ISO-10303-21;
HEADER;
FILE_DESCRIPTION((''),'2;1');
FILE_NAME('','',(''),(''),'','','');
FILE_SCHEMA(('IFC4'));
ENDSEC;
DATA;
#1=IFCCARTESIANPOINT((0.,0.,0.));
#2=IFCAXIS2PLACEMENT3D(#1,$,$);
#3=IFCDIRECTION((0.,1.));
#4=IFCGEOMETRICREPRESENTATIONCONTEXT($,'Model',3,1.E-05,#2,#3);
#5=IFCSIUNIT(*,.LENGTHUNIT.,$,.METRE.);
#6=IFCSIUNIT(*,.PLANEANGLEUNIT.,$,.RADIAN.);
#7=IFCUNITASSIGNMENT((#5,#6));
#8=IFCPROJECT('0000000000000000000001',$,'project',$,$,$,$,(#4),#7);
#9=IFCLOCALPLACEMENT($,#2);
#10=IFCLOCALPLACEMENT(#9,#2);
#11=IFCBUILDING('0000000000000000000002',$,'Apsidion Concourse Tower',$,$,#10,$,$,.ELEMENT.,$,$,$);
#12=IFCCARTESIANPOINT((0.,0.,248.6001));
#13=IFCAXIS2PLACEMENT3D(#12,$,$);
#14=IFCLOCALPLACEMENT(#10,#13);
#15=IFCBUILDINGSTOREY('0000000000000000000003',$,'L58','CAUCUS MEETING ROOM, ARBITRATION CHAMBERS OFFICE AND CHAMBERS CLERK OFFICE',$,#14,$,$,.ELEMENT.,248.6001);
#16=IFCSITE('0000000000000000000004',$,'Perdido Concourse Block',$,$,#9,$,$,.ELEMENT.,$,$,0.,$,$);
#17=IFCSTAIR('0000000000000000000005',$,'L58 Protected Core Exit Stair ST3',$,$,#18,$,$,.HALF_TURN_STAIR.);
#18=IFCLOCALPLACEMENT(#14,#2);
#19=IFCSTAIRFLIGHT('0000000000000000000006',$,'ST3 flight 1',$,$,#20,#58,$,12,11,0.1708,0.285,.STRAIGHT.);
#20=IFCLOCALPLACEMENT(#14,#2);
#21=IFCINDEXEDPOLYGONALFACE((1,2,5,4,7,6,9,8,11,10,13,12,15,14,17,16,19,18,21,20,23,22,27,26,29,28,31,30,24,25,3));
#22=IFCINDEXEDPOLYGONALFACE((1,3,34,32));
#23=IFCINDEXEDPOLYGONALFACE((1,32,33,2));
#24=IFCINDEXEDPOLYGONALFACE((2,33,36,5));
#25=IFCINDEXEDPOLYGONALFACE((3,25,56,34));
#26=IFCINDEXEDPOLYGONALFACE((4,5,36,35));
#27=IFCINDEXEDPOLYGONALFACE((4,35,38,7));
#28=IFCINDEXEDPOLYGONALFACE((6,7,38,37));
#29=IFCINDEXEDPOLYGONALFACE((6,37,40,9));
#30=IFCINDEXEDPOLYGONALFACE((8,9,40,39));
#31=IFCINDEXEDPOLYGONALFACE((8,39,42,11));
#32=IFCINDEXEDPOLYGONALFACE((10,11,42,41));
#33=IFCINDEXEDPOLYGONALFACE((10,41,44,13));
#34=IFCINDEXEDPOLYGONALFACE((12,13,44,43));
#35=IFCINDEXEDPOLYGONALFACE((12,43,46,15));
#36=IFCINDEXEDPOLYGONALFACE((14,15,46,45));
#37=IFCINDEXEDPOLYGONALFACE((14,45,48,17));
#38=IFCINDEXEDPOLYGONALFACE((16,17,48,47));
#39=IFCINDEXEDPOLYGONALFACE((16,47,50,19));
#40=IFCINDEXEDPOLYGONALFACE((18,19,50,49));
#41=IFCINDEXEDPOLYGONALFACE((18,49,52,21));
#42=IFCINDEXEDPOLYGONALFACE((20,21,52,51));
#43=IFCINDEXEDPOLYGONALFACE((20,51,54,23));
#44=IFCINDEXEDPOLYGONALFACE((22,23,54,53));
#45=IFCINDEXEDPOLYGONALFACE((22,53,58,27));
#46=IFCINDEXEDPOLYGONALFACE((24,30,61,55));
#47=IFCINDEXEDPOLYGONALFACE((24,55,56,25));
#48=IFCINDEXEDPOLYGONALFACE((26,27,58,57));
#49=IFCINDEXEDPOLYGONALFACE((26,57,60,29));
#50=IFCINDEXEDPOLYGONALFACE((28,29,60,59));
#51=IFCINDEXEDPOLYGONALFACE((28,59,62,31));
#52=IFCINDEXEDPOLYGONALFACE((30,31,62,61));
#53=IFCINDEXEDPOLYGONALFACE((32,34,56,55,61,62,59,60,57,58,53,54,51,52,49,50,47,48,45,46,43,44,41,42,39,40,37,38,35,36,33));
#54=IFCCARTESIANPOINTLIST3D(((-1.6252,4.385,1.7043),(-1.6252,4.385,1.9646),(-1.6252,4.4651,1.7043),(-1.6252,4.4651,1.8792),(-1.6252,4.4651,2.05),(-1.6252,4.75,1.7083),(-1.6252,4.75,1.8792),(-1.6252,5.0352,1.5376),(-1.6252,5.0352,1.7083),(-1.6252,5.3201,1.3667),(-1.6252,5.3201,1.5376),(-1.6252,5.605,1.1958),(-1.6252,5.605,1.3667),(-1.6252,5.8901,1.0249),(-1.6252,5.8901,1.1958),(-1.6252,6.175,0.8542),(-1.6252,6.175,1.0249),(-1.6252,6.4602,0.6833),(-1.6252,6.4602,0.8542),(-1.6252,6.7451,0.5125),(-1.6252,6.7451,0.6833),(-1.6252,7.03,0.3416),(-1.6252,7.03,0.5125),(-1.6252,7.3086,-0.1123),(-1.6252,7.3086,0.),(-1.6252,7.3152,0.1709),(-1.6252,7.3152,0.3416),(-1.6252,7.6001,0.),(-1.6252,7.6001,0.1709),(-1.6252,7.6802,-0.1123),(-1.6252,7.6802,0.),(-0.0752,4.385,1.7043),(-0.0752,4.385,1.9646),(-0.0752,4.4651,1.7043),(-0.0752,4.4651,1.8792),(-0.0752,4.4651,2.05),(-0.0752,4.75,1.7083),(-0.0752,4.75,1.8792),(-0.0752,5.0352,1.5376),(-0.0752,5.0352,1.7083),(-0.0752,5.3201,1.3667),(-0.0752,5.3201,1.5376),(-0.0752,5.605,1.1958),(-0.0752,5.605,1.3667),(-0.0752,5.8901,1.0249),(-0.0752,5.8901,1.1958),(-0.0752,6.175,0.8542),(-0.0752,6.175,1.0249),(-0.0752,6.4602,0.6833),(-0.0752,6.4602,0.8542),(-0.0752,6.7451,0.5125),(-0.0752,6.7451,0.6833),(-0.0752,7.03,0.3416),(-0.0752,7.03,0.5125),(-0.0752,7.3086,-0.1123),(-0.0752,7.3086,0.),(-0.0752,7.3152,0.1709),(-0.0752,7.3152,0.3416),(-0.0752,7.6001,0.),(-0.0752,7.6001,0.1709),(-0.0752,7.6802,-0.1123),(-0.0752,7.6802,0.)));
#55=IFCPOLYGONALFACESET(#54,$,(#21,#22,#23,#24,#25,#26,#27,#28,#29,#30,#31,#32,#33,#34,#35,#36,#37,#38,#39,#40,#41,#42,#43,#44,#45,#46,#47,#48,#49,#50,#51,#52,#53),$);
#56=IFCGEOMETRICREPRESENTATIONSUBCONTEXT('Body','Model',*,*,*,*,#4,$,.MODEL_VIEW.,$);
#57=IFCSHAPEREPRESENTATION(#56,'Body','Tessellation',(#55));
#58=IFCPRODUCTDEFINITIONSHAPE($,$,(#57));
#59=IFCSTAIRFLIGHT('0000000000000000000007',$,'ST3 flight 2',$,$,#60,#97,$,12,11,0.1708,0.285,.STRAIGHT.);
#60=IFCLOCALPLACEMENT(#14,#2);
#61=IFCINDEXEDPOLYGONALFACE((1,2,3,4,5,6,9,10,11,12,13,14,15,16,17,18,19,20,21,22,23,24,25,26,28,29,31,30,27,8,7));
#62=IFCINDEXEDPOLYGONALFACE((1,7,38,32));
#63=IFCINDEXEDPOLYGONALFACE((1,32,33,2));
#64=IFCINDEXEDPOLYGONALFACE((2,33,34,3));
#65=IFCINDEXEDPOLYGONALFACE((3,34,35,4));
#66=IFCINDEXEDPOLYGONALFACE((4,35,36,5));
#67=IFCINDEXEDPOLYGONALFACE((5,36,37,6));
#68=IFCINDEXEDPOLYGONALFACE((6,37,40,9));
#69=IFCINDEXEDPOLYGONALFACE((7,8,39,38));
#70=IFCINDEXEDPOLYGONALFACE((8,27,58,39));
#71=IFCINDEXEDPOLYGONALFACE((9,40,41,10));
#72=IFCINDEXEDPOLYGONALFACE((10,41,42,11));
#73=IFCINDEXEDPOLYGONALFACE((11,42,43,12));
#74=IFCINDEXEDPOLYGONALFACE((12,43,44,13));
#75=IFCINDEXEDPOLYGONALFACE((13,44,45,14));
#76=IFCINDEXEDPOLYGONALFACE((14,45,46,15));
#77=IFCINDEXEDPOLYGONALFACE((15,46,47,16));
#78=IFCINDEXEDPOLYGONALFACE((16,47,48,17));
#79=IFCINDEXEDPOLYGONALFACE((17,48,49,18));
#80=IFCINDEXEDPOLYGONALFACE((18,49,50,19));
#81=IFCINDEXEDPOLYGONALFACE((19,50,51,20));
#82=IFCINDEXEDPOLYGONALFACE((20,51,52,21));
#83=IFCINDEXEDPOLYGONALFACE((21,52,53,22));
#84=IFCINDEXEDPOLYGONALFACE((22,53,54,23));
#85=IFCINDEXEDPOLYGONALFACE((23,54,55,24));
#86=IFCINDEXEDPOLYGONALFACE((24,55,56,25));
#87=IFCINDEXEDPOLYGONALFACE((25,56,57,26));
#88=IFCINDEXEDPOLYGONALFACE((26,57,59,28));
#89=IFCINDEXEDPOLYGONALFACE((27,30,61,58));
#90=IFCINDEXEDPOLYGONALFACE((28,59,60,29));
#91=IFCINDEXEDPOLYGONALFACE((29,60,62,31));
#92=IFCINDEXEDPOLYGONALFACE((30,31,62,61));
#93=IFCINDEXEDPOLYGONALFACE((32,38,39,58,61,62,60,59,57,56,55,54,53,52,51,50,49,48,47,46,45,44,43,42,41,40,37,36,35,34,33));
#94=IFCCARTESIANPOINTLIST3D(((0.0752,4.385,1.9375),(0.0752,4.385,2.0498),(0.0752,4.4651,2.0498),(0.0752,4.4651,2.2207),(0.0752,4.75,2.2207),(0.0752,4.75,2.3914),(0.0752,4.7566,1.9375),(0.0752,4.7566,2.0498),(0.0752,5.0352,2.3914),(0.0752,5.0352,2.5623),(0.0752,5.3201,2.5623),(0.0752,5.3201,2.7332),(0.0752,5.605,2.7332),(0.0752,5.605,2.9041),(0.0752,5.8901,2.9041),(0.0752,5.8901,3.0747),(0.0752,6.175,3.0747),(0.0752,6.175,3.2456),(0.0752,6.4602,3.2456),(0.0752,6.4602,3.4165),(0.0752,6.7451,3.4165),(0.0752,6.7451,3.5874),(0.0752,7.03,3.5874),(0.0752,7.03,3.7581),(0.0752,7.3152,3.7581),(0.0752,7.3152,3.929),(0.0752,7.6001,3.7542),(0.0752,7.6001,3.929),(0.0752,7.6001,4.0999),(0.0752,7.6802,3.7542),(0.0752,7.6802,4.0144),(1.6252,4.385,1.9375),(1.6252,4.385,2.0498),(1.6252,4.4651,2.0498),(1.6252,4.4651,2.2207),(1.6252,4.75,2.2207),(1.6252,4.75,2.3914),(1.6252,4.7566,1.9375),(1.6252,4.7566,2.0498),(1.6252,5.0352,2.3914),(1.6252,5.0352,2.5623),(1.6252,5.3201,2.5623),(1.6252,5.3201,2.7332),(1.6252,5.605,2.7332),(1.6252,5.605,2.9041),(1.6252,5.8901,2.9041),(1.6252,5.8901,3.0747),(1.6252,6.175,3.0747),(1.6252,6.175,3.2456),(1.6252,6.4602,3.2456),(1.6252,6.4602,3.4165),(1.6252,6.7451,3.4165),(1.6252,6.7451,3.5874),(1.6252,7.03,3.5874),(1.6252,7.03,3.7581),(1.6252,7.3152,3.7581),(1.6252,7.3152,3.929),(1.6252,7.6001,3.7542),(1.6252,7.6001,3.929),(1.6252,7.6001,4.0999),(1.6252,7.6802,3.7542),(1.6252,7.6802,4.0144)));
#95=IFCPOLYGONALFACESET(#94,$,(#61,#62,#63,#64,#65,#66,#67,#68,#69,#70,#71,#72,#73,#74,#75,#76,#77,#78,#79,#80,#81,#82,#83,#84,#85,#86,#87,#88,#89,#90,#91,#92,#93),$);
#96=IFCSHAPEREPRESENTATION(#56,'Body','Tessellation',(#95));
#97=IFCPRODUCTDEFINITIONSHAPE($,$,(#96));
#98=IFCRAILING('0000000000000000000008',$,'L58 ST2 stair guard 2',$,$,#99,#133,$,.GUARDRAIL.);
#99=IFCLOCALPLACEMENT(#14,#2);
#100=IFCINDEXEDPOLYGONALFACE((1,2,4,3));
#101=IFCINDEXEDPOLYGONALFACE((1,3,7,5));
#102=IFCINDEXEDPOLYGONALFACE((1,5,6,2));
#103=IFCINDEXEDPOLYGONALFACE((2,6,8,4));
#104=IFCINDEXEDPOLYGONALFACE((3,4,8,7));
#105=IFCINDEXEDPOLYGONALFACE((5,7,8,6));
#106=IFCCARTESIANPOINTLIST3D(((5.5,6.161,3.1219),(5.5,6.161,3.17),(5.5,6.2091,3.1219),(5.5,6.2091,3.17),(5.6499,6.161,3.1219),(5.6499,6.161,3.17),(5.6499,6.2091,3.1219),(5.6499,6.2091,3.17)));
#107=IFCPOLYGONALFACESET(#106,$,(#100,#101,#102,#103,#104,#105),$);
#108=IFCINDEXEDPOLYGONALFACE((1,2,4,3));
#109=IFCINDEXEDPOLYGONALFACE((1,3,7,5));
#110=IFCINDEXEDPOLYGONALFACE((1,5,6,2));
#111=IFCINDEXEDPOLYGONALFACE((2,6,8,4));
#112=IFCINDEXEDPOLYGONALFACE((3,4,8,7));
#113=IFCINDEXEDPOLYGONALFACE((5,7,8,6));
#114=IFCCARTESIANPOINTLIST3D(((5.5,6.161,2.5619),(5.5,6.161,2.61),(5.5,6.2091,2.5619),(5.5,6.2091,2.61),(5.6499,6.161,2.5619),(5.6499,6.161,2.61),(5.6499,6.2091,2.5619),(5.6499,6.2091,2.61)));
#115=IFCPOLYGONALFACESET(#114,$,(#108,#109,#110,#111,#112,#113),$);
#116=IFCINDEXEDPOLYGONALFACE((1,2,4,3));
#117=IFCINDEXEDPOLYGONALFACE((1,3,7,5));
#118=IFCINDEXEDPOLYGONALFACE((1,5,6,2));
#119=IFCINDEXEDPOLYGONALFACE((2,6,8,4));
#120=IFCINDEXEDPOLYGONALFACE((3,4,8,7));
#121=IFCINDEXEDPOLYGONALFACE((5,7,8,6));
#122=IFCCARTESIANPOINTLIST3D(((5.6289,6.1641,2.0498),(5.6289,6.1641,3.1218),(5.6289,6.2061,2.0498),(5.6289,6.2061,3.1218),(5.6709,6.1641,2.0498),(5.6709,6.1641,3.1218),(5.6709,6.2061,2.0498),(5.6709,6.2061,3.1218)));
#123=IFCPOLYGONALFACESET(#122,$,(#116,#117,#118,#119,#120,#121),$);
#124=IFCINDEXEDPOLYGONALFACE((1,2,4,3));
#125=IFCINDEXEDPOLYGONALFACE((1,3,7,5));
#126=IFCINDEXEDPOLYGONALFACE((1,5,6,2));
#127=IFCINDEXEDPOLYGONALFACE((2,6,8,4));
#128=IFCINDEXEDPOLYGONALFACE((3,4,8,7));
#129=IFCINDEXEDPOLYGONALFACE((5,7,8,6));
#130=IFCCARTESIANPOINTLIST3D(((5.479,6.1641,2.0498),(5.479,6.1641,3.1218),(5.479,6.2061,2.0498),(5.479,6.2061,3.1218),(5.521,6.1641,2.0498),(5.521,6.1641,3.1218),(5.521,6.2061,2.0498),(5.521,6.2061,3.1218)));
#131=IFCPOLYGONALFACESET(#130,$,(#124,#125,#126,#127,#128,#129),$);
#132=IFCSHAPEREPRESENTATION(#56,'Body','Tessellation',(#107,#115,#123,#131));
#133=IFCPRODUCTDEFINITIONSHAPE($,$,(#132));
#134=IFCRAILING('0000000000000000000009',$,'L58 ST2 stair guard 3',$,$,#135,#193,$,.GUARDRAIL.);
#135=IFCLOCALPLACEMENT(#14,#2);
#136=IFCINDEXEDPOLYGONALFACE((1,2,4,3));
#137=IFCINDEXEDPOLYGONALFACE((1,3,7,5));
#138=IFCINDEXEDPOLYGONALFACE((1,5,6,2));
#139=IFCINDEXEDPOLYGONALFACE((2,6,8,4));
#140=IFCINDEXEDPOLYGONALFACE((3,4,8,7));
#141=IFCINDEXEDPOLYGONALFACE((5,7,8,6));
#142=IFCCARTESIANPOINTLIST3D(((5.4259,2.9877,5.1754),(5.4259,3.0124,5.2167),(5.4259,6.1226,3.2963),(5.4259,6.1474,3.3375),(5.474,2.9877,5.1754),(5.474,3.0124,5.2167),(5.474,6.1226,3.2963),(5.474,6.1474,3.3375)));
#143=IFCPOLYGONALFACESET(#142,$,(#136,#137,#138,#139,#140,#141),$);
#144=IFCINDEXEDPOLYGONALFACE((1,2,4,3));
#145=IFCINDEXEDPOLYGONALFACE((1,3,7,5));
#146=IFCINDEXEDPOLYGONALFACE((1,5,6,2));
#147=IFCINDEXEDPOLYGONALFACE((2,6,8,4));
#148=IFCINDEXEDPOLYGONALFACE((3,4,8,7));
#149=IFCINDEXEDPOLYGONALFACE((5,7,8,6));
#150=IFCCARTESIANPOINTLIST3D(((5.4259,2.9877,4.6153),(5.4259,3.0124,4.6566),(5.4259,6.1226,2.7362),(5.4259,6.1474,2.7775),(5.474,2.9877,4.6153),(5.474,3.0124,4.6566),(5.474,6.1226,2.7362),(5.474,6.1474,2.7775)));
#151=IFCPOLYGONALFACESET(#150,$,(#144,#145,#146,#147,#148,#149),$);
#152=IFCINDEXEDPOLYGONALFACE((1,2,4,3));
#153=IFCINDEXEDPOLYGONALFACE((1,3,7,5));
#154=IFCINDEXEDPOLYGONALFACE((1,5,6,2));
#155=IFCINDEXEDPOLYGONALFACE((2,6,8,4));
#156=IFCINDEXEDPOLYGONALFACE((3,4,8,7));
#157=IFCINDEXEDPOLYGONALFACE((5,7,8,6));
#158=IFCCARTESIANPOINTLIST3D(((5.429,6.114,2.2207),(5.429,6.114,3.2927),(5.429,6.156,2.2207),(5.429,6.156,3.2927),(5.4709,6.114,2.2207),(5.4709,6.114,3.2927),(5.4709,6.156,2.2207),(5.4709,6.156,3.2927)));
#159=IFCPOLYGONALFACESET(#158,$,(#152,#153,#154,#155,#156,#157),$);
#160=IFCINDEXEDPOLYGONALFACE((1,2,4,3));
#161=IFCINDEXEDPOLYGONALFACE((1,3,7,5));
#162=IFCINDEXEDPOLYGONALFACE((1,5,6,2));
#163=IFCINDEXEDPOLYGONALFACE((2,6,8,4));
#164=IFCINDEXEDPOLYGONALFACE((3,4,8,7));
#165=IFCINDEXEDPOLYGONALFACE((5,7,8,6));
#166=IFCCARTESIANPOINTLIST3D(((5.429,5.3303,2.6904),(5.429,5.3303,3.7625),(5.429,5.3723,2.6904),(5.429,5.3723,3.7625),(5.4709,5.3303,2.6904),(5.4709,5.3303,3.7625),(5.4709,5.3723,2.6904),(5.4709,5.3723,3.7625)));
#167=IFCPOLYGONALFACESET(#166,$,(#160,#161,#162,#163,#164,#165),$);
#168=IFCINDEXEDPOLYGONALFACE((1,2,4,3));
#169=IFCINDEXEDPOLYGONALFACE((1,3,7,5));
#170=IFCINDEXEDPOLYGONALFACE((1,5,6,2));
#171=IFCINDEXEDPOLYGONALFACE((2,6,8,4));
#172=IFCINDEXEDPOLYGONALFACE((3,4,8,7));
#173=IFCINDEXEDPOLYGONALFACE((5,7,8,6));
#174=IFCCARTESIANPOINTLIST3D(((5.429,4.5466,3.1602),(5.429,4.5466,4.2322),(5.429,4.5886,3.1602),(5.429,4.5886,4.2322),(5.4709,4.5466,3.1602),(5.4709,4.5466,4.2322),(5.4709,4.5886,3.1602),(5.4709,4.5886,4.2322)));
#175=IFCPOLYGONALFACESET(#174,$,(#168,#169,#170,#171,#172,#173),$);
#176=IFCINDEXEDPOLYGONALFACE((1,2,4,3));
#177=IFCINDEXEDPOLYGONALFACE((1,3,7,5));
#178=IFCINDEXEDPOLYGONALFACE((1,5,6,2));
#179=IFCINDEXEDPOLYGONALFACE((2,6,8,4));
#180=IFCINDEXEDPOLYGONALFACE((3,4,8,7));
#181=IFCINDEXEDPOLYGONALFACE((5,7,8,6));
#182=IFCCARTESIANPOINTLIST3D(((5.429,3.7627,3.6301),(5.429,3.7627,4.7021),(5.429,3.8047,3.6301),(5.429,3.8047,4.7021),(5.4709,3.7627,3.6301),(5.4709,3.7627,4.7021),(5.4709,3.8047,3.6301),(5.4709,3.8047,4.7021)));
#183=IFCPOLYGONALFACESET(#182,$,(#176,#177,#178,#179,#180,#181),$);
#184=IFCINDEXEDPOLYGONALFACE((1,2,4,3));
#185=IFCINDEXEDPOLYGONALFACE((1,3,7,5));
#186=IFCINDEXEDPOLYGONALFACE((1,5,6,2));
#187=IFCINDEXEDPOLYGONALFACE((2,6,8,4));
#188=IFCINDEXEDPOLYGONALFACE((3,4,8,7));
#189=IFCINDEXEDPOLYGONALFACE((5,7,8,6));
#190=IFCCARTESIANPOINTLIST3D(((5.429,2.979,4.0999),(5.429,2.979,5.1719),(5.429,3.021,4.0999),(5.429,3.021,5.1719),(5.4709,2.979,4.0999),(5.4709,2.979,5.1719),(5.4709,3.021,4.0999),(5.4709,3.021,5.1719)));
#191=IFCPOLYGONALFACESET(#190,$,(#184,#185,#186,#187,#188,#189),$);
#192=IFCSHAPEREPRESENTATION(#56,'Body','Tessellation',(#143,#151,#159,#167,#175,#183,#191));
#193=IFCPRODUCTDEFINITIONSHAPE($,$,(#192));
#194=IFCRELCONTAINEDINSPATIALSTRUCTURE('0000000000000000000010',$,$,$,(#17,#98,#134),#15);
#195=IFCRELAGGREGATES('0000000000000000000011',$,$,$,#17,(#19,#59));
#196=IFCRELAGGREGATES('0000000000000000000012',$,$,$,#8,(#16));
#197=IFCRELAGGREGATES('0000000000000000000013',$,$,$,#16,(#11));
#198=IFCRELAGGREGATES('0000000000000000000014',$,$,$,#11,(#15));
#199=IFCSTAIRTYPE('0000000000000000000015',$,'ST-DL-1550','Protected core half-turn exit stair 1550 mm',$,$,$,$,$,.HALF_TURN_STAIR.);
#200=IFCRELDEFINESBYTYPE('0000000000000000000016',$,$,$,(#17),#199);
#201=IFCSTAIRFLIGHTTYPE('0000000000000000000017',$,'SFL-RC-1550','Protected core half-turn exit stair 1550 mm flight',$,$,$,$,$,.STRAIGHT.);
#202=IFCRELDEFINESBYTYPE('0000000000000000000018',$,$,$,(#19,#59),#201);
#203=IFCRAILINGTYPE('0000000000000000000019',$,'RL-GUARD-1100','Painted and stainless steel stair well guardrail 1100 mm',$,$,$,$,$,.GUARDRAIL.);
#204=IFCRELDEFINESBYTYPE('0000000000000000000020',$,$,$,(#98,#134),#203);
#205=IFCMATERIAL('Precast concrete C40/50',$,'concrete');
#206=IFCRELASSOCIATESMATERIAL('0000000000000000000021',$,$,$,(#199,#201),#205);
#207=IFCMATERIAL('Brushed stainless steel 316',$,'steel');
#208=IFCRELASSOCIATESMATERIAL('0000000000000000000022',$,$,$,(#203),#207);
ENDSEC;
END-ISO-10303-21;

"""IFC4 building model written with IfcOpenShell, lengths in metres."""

from ifc_helpers import new_model, si_unit, direction, frame, origin, origin_2d, place, context, subcontext, project, spatial, polyline, rectangle, outline, extrude, material, type_object, element, aggregate, save


model = new_model("IFC4")

# Units and contexts
model_context = context("Model", 3, precision=1e-05, world=origin(), true_north=direction((0.0, 1.0)))
body_context = subcontext(model_context, "Body", "Model", "MODEL_VIEW")
ifc_project = project(units=[si_unit("LENGTHUNIT", "METRE"), si_unit("PLANEANGLEUNIT", "RADIAN")], contexts=[model_context])

# Site, building, storey
site_placement = place(None, origin())
site = spatial("IfcSite", under=ifc_project, at=site_placement, Name="Perdido Concourse Block", CompositionType="ELEMENT", RefElevation=0.0)
building_placement = place(site_placement, origin())
building = spatial("IfcBuilding", under=site, at=building_placement, Name="Apsidion Concourse Tower", CompositionType="ELEMENT")
storey_placement = place(building_placement, frame((0.0, 0.0, 248.6001)))
storey = spatial("IfcBuildingStorey", under=building, at=storey_placement, Name="L58", Description="CAUCUS MEETING ROOM, ARBITRATION CHAMBERS OFFICE AND CHAMBERS CLERK OFFICE", CompositionType="ELEMENT", Elevation=248.6001)

# Shared definitions
ifc_material_1 = material(Name="Precast concrete C40/50", Category="concrete")
stair_type = type_object("IfcStairType", Name="ST-DL-1550", Description="Protected core half-turn exit stair 1550 mm", PredefinedType="HALF_TURN_STAIR", material=ifc_material_1)
stair_flight_type = type_object("IfcStairFlightType", Name="SFL-RC-1550", Description="Protected core half-turn exit stair 1550 mm flight", PredefinedType="STRAIGHT", material=ifc_material_1)

# Stair, stair flights
stair_1_placement = place(storey_placement, origin())
stair_1 = element("IfcStair", 1, at=stair_1_placement, inside=storey, type_object=stair_type, Name="L58 Protected Core Exit Stair ST3", PredefinedType="HALF_TURN_STAIR")
stair_flight_1_placement = place(storey_placement, frame((-0.8501, 7.6001, 0.0), z_axis=(0.0, 0.0, 1.0), x_axis=(0.0, -1.0, 0.0)))
stair_flight_1 = element("IfcStairFlight", 2, at=stair_flight_1_placement, type_object=stair_flight_type, Name="ST3 flight 1", NumberOfRisers=12, NumberOfTreads=11, PredefinedType="STRAIGHT", RiserHeight=0.1708, TreadLength=0.285, context=body_context, shape_type="SweptSolid", body=[
    extrude(outline(polyline([(-0.0801, -0.1123), (-0.0801, 0.0), (0.0, 0.0), (0.0, 0.1709), (0.2849, 0.1709), (0.2849, 0.3416), (0.5701, 0.3416), (0.5701, 0.5125), (0.855, 0.5125), (0.855, 0.6833), (1.1399, 0.6833), (1.1399, 0.8542), (1.425, 0.8542), (1.425, 1.0249), (1.71, 1.0249), (1.71, 1.1958), (1.9951, 1.1958), (1.9951, 1.3667), (2.28, 1.3667), (2.28, 1.5376), (2.5649, 1.5376), (2.5649, 1.7083), (2.8501, 1.7083), (2.8501, 1.8792), (3.135, 1.8792), (3.135, 2.05), (3.2151, 1.9646), (3.2151, 1.7043), (3.135, 1.7043), (0.2915, 0.0), (0.2915, -0.1123), (-0.0801, -0.1123)])), frame((0.0, 0.7749, 0.0), z_axis=(0.0, -1.0, 0.0), x_axis=(1.0, 0.0, 0.0)), (0.0, 0.0, 1.0), 1.55),
])
stair_flight_2_placement = place(storey_placement, frame((0.8501, 4.4651, 2.0498), z_axis=(0.0, 0.0, 1.0), x_axis=(0.0, 1.0, 0.0)))
stair_flight_2 = element("IfcStairFlight", 3, at=stair_flight_2_placement, type_object=stair_flight_type, Name="ST3 flight 2", NumberOfRisers=12, NumberOfTreads=11, PredefinedType="STRAIGHT", RiserHeight=0.1708, TreadLength=0.285, context=body_context, shape_type="SweptSolid", body=[
    extrude(outline(polyline([(-0.0801, -0.1123), (-0.0801, 0.0), (0.0, 0.0), (0.0, 0.1709), (0.2849, 0.1709), (0.2849, 0.3416), (0.5701, 0.3416), (0.5701, 0.5125), (0.855, 0.5125), (0.855, 0.6833), (1.1399, 0.6833), (1.1399, 0.8542), (1.425, 0.8542), (1.425, 1.0249), (1.71, 1.0249), (1.71, 1.1958), (1.9951, 1.1958), (1.9951, 1.3667), (2.28, 1.3667), (2.28, 1.5376), (2.5649, 1.5376), (2.5649, 1.7083), (2.8501, 1.7083), (2.8501, 1.8792), (3.135, 1.8792), (3.135, 2.05), (3.2151, 1.9646), (3.2151, 1.7043), (3.135, 1.7043), (0.2915, 0.0), (0.2915, -0.1123), (-0.0801, -0.1123)])), frame((0.0, 0.7749, 0.0), z_axis=(0.0, -1.0, 0.0), x_axis=(1.0, 0.0, 0.0)), (0.0, 0.0, 1.0), 1.55),
])
aggregate(stair_1, [stair_flight_1, stair_flight_2])

# Railings
ifc_material_2 = material(Name="Brushed stainless steel 316", Category="steel")
railing_type_1 = type_object("IfcRailingType", Name="RL-GUARD-1100", Description="Painted and stainless steel stair well guardrail 1100 mm", PredefinedType="GUARDRAIL", material=ifc_material_2)
railing_1_placement = place(storey_placement, frame((5.6499, 6.1851, 2.0498)))
element("IfcRailing", 4, at=railing_1_placement, inside=storey, type_object=railing_type_1, Name="L58 ST2 stair guard 2", PredefinedType="GUARDRAIL", context=body_context, shape_type="SweptSolid", body=[
    extrude(rectangle(XDim=0.0481, YDim=0.0481, at=origin_2d()), frame((0.0, 0.0, 1.0962), z_axis=(-1.0, 0.0, 0.0), x_axis=(0.0, -1.0, 0.0)), (0.0, 0.0, 1.0), 0.1499),
    extrude(rectangle(XDim=0.0481, YDim=0.0481, at=origin_2d()), frame((0.0, 0.0, 0.5361), z_axis=(-1.0, 0.0, 0.0), x_axis=(0.0, -1.0, 0.0)), (0.0, 0.0, 1.0), 0.1499),
    extrude(rectangle(XDim=0.042, YDim=0.042, at=origin_2d()), origin(), (0.0, 0.0, 1.0), 1.072),
    extrude(rectangle(XDim=0.042, YDim=0.042, at=origin_2d()), frame((-0.1499, 0.0, 0.0)), (0.0, 0.0, 1.0), 1.072),
])
railing_2_placement = place(storey_placement, frame((5.45, 6.135, 2.2207)))
element("IfcRailing", 5, at=railing_2_placement, inside=storey, type_object=railing_type_1, Name="L58 ST2 stair guard 3", PredefinedType="GUARDRAIL", context=body_context, shape_type="SweptSolid", body=[
    extrude(rectangle(XDim=0.0481, YDim=0.0481, at=origin_2d()), frame((0.0, 0.0, 1.0962), z_axis=(0.0, -0.857717, 0.514122), x_axis=(1.0, 0.0, 0.0)), (0.0, 0.0, 1.0), 3.655),
    extrude(rectangle(XDim=0.0481, YDim=0.0481, at=origin_2d()), frame((0.0, 0.0, 0.5361), z_axis=(0.0, -0.857717, 0.514122), x_axis=(1.0, 0.0, 0.0)), (0.0, 0.0, 1.0), 3.655),
    extrude(rectangle(XDim=0.042, YDim=0.042, at=origin_2d()), origin(), (0.0, 0.0, 1.0), 1.072),
    extrude(rectangle(XDim=0.042, YDim=0.042, at=origin_2d()), frame((0.0, -0.7837, 0.4697)), (0.0, 0.0, 1.0), 1.072),
    extrude(rectangle(XDim=0.042, YDim=0.042, at=origin_2d()), frame((0.0, -1.5674, 0.9395)), (0.0, 0.0, 1.0), 1.072),
    extrude(rectangle(XDim=0.042, YDim=0.042, at=origin_2d()), frame((0.0, -2.3513, 1.4094)), (0.0, 0.0, 1.0), 1.072),
    extrude(rectangle(XDim=0.042, YDim=0.042, at=origin_2d()), frame((0.0, -3.135, 1.8792)), (0.0, 0.0, 1.0), 1.072),
])

save(model, "model.ifc")
